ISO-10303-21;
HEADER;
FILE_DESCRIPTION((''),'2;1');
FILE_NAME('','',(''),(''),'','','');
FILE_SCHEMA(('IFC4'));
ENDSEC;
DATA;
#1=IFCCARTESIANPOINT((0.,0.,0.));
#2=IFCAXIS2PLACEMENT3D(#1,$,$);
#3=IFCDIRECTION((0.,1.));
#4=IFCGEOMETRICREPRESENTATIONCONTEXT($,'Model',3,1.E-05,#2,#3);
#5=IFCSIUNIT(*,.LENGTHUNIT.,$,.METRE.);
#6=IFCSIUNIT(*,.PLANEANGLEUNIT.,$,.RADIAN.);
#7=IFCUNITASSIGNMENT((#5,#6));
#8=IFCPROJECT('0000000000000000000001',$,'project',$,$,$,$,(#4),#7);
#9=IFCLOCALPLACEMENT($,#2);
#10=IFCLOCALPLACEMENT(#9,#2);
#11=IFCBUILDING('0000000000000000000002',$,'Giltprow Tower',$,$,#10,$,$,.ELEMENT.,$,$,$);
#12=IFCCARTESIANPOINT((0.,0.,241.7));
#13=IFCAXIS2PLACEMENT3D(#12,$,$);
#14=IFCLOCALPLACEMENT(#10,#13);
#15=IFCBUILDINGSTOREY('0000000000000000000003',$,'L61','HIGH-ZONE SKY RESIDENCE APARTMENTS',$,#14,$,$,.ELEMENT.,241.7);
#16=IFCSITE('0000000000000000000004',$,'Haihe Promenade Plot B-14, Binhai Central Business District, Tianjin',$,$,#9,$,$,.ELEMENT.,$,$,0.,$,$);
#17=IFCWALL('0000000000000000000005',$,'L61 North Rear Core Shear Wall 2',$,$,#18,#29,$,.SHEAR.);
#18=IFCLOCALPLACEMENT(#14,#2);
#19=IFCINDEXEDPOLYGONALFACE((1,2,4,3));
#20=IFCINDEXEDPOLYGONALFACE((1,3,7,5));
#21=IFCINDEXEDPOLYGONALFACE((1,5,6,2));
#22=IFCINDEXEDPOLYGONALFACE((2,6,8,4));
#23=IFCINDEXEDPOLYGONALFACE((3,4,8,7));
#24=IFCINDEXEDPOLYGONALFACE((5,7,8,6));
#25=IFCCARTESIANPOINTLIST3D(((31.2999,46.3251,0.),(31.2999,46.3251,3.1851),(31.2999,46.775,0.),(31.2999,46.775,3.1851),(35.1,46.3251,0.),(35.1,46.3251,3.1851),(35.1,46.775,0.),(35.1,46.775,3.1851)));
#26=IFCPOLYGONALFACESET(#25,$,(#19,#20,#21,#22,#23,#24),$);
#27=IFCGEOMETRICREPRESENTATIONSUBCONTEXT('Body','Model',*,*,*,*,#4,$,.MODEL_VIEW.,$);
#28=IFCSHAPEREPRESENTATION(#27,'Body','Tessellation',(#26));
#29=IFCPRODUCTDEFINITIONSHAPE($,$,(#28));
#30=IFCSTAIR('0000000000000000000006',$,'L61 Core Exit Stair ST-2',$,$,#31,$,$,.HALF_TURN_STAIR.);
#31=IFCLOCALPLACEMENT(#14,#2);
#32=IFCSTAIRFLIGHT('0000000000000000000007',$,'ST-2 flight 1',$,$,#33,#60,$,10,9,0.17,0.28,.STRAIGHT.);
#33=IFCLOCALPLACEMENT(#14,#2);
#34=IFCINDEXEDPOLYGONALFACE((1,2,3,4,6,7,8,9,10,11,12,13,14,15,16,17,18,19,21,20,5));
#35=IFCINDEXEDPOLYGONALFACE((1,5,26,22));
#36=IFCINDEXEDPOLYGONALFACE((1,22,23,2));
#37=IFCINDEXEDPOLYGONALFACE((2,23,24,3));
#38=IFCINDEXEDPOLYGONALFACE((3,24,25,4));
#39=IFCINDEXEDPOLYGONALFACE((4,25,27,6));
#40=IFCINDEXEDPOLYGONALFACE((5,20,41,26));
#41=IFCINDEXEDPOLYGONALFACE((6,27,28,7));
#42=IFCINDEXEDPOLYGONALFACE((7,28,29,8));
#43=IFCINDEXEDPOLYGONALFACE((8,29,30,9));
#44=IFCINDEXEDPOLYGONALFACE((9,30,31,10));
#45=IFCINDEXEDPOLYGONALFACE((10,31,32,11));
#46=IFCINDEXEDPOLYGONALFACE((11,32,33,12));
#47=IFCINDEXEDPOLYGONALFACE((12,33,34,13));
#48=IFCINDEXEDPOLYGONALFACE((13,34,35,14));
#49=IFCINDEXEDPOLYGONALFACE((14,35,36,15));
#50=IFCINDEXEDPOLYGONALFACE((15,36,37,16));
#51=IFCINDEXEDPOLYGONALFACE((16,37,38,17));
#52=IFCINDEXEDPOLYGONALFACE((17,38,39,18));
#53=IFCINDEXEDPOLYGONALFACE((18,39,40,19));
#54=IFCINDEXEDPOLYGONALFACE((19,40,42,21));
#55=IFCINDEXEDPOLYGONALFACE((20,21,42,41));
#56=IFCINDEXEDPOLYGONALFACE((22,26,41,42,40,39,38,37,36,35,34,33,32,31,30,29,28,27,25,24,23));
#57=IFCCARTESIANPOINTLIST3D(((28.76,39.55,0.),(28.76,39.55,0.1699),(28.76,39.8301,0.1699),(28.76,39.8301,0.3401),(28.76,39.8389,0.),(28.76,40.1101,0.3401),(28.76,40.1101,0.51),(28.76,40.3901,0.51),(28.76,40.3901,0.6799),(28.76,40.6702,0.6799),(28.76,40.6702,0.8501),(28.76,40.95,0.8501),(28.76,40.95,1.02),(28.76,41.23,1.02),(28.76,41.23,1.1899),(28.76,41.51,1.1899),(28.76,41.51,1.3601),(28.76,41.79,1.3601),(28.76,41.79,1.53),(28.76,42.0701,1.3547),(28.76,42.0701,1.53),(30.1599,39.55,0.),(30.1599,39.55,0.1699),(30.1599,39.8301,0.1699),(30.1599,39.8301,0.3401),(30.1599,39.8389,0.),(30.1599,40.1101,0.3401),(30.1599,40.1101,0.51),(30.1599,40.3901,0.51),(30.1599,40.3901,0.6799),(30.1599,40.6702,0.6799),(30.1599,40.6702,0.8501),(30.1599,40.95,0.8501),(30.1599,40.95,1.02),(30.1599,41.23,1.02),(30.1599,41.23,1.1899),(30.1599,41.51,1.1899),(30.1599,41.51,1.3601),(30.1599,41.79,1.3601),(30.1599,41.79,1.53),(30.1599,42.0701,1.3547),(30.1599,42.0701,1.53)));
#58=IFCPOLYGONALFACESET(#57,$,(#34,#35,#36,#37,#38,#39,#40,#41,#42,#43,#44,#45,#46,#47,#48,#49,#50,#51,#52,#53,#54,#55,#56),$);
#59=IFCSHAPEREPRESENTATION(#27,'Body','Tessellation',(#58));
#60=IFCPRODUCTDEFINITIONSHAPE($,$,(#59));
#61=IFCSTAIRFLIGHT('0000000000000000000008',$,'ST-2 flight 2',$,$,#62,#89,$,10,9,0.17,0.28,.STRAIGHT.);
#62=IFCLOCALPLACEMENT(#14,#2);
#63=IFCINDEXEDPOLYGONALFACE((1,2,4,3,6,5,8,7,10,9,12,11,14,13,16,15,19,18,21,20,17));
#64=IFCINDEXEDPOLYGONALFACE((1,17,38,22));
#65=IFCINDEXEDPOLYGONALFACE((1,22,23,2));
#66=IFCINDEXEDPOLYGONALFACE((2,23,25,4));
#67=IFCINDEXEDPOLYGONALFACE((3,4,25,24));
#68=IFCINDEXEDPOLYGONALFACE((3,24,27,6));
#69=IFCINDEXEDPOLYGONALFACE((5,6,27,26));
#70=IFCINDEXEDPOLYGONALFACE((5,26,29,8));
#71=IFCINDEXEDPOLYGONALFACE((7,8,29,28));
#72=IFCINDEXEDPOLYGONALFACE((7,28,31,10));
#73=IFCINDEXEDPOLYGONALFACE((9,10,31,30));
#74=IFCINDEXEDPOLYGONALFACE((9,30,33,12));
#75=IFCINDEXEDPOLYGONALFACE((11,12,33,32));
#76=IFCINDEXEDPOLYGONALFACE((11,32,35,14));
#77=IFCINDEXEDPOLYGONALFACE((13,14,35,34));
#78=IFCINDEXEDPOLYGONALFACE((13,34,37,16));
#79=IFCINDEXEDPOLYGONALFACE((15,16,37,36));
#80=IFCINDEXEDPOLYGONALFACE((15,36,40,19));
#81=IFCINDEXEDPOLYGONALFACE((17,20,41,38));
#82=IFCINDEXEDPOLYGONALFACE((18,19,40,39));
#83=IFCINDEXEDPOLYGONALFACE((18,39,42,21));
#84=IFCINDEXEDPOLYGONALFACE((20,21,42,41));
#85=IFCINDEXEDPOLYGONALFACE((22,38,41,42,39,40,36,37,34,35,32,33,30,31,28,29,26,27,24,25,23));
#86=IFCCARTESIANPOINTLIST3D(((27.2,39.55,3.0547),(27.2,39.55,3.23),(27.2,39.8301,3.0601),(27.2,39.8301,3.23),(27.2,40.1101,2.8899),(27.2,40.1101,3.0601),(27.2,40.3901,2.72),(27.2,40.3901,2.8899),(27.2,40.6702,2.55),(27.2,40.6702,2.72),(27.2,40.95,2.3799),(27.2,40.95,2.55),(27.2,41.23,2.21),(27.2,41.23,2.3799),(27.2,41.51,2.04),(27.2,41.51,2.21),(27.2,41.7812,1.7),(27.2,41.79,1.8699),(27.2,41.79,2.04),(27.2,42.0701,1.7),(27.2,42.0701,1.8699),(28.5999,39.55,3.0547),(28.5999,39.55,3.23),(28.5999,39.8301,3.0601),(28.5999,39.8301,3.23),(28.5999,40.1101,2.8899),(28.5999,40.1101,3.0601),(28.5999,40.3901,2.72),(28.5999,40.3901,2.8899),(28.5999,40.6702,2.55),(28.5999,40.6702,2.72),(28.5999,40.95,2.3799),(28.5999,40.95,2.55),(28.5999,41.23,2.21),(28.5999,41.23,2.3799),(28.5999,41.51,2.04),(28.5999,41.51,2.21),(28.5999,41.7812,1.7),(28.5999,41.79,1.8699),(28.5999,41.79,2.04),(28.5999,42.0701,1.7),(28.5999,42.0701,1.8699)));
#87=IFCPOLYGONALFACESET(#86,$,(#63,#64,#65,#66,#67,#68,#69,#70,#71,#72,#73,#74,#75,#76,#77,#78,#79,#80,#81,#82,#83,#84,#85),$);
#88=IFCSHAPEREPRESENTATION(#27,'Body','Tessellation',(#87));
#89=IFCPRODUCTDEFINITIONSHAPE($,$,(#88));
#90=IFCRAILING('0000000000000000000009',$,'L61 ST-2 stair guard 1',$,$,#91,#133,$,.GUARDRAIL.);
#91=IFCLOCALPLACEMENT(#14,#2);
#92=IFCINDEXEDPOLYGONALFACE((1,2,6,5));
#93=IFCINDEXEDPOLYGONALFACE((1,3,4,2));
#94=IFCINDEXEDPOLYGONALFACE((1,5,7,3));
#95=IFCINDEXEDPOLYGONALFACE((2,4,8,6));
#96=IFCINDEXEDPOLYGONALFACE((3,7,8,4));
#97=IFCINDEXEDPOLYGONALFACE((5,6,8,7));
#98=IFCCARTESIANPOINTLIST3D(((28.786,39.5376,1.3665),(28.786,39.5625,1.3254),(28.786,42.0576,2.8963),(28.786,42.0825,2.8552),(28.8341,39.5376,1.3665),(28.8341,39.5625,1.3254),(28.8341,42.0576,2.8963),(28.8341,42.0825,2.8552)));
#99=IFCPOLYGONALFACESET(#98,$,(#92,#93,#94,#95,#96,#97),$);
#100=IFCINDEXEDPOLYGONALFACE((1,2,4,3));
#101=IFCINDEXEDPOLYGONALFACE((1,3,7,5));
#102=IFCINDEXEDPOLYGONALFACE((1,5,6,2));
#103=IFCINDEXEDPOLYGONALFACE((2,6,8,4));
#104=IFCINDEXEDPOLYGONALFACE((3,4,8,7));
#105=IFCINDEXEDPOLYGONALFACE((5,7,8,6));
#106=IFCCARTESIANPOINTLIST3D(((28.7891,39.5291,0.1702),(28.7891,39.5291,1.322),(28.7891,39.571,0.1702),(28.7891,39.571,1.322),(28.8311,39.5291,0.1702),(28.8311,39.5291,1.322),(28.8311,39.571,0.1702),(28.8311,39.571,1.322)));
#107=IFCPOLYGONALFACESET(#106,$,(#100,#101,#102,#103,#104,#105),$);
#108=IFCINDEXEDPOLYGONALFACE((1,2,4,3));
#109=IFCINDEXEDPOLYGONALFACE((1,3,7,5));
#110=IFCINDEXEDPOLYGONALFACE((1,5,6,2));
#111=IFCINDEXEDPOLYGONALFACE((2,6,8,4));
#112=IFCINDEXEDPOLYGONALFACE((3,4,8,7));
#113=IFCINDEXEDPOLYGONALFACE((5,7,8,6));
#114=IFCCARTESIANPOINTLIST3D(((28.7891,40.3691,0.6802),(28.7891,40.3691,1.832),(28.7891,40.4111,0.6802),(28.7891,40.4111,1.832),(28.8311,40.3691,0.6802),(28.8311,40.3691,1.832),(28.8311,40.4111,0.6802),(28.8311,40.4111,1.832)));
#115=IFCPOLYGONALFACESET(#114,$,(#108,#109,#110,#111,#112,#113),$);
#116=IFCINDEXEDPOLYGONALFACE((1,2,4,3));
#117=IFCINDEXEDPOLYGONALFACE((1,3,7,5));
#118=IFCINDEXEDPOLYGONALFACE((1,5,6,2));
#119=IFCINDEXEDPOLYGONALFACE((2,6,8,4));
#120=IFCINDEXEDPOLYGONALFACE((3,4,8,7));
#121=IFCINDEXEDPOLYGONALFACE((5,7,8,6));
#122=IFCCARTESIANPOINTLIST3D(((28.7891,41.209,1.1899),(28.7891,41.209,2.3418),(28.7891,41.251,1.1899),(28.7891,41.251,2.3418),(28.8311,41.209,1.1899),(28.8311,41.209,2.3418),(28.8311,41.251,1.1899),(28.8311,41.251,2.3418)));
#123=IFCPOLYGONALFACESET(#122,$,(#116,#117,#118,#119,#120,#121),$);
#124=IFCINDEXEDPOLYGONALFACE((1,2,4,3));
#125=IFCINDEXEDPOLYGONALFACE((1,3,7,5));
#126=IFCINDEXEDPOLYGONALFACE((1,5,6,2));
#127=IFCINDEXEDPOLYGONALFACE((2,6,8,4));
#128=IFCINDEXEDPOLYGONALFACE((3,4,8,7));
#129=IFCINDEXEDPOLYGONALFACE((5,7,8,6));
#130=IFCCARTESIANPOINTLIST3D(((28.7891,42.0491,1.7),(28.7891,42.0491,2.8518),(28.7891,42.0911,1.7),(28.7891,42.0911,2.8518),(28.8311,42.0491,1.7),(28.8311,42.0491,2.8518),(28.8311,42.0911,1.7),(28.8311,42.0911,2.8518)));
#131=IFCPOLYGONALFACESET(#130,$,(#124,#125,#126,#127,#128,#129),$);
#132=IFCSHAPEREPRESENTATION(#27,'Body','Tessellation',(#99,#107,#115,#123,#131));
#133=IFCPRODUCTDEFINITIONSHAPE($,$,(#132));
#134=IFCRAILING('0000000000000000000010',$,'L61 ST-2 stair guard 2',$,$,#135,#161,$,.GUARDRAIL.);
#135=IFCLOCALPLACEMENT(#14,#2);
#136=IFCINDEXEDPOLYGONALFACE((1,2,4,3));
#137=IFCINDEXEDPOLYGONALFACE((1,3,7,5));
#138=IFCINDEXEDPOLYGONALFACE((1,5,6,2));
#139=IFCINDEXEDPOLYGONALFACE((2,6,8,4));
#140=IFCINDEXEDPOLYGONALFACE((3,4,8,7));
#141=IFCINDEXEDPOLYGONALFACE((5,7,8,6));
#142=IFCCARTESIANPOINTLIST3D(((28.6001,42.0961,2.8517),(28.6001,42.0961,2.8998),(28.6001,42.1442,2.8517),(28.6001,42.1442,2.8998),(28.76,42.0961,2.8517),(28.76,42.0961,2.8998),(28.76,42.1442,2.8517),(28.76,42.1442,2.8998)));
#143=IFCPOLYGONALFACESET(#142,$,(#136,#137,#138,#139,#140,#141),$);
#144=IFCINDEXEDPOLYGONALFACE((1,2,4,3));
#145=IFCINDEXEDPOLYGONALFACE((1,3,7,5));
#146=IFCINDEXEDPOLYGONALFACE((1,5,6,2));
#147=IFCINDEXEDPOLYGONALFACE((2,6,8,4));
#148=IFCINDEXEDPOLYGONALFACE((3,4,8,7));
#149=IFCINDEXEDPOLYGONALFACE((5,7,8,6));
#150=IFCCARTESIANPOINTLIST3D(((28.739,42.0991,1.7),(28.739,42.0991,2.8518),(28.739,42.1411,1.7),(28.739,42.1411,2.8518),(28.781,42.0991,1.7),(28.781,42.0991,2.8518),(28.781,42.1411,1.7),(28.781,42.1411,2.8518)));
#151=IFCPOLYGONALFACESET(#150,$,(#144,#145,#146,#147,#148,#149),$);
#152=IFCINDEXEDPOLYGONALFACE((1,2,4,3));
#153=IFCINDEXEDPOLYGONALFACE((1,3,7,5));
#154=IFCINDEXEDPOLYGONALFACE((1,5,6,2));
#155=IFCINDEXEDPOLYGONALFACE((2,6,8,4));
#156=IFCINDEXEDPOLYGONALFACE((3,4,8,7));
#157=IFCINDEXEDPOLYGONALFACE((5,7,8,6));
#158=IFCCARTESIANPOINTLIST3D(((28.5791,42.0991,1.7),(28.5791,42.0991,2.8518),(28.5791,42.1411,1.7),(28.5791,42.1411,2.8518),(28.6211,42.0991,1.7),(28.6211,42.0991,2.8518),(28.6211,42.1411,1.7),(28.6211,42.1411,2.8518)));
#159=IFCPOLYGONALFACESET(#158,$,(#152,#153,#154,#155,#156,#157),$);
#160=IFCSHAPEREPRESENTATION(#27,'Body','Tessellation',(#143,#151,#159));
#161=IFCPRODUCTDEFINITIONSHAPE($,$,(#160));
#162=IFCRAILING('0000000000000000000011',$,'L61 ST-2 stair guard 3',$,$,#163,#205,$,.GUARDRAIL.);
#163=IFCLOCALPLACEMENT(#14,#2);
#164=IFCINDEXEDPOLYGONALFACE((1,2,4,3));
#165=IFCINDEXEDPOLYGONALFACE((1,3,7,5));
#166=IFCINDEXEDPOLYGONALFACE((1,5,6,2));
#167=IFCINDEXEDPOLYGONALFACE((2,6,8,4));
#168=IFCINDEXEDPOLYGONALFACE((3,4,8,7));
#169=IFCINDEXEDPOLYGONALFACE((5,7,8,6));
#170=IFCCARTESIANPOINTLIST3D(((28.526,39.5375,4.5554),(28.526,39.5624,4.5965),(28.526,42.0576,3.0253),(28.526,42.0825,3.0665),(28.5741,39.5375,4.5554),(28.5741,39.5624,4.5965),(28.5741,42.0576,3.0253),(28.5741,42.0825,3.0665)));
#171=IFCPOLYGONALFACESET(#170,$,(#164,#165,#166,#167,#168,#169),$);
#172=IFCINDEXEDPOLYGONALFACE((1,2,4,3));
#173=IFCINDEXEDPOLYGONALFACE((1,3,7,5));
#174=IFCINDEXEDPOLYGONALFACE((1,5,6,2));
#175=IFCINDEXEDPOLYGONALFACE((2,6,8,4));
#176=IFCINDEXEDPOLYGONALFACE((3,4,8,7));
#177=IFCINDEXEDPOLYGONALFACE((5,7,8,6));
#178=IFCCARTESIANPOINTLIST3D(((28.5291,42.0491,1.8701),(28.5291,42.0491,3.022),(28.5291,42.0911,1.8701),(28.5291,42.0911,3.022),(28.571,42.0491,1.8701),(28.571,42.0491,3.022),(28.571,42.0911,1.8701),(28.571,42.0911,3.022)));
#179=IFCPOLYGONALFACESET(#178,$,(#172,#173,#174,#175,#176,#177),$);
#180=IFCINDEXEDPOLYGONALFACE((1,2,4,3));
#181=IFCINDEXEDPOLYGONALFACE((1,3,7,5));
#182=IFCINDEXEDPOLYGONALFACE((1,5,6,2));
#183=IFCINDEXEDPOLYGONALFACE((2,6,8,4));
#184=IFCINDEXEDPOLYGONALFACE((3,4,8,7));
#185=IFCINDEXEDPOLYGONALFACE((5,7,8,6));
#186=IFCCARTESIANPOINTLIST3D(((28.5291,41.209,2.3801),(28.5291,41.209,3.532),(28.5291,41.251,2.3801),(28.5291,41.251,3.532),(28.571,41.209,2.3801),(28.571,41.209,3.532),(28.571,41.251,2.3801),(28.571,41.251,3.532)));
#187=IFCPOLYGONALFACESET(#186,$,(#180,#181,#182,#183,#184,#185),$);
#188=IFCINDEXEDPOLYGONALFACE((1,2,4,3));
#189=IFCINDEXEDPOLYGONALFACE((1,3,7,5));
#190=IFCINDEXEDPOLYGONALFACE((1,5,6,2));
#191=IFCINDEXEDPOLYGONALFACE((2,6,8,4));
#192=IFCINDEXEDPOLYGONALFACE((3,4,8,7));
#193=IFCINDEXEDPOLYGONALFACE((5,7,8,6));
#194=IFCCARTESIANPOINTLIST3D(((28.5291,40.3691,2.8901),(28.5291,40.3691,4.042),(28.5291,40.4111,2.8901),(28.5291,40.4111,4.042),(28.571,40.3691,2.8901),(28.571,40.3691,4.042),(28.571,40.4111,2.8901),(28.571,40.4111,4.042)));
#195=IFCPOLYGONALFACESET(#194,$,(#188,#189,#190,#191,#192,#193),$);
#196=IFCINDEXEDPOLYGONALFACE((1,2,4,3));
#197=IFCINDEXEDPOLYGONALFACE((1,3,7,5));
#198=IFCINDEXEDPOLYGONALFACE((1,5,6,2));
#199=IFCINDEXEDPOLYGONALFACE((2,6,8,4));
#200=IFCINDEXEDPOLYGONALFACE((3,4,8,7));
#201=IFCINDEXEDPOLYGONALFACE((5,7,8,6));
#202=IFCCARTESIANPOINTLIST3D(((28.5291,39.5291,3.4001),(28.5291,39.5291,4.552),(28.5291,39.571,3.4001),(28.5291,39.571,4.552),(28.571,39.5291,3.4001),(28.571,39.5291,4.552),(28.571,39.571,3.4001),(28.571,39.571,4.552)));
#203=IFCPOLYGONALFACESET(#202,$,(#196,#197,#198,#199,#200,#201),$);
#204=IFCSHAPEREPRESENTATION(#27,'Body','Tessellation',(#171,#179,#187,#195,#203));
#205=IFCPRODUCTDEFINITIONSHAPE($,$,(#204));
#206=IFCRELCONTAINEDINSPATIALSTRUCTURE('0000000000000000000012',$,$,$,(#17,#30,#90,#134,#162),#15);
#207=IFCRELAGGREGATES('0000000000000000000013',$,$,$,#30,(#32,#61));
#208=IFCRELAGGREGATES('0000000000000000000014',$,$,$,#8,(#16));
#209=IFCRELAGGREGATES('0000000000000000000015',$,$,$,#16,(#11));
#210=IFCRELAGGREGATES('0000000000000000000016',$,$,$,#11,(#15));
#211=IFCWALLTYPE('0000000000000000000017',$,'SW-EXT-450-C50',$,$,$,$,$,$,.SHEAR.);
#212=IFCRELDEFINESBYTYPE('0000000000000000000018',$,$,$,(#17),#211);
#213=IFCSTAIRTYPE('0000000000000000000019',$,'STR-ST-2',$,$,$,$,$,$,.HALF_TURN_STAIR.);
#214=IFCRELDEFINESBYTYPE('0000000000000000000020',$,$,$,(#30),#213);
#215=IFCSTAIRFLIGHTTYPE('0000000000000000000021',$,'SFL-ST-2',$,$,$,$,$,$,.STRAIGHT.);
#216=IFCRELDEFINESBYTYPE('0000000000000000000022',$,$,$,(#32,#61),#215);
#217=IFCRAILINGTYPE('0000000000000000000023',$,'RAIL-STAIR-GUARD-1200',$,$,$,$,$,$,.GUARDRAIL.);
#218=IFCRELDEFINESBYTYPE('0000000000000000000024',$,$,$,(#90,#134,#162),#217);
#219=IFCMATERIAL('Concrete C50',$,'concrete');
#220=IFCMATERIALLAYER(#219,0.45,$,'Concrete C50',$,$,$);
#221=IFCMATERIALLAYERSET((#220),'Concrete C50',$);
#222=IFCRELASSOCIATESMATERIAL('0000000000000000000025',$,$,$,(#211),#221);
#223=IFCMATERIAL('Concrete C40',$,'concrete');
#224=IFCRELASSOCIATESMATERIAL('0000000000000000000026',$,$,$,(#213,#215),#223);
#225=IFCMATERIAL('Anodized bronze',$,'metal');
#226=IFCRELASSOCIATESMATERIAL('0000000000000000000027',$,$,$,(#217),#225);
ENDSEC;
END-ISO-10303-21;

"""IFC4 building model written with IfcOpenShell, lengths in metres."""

from ifc_helpers import new_model, si_unit, direction, frame, frame_2d, origin, origin_2d, place, context, subcontext, project, spatial, polyline, rectangle, outline, extrude, material, layer, layer_set, type_object, element, aggregate, save


model = new_model("IFC4")

# Units and contexts
model_context = context("Model", 3, precision=1e-05, world=origin(), true_north=direction((0.0, 1.0)))
body_context = subcontext(model_context, "Body", "Model", "MODEL_VIEW")
ifc_project = project(units=[si_unit("LENGTHUNIT", "METRE"), si_unit("PLANEANGLEUNIT", "RADIAN")], contexts=[model_context])

# Site, building, storey
site_placement = place(None, origin())
site = spatial("IfcSite", under=ifc_project, at=site_placement, Name="Haihe Promenade Plot B-14, Binhai Central Business District, Tianjin", CompositionType="ELEMENT", RefElevation=0.0)
building_placement = place(site_placement, origin())
building = spatial("IfcBuilding", under=site, at=building_placement, Name="Giltprow Tower", CompositionType="ELEMENT")
storey_placement = place(building_placement, frame((0.0, 0.0, 241.7)))
storey = spatial("IfcBuildingStorey", under=building, at=storey_placement, Name="L61", Description="HIGH-ZONE SKY RESIDENCE APARTMENTS", CompositionType="ELEMENT", Elevation=241.7)

# Shared definitions
ifc_material_1 = material(Name="Concrete C50", Category="concrete")

# Shared definitions
ifc_material_2 = material(Name="Concrete C40", Category="concrete")

# Wall
ifc_layer_1 = layer(ifc_material_1, 0.45, Name="Concrete C50")
ifc_layer_set_1 = layer_set([ifc_layer_1], Name="Concrete C50")
wall_type_1 = type_object("IfcWallType", Name="SW-EXT-450-C50", PredefinedType="SHEAR", material=ifc_layer_set_1)
wall_1_placement = place(storey_placement, frame((31.3, 46.55, 0.0), z_axis=(0.0, 0.0, 1.0), x_axis=(1.0, 0.0, 0.0)))
element("IfcWall", 1, at=wall_1_placement, inside=storey, type_object=wall_type_1, Name="L61 North Rear Core Shear Wall 2", PredefinedType="SHEAR", context=body_context, shape_type="SweptSolid", body=[
    extrude(rectangle(XDim=3.8, YDim=0.45, at=frame_2d((1.8999, 0.0))), origin(), (0.0, 0.0, 1.0), 3.1851),
])

# Stair, stair flights
stair_type = type_object("IfcStairType", Name="STR-ST-2", PredefinedType="HALF_TURN_STAIR", material=ifc_material_2)
stair_placement = place(storey_placement, origin())
stair = element("IfcStair", 2, at=stair_placement, inside=storey, type_object=stair_type, Name="L61 Core Exit Stair ST-2", PredefinedType="HALF_TURN_STAIR")
stair_flight_type = type_object("IfcStairFlightType", Name="SFL-ST-2", PredefinedType="STRAIGHT", material=ifc_material_2)
stair_flight_1_placement = place(storey_placement, frame((29.46, 39.55, 0.0), z_axis=(0.0, 0.0, 1.0), x_axis=(0.0, 1.0, 0.0)))
stair_flight_1 = element("IfcStairFlight", 3, at=stair_flight_1_placement, type_object=stair_flight_type, Name="ST-2 flight 1", NumberOfRisers=10, NumberOfTreads=9, PredefinedType="STRAIGHT", RiserHeight=0.17, TreadLength=0.28, context=body_context, shape_type="SweptSolid", body=[
    extrude(outline(polyline([(0.0, 0.0), (0.0, 0.1699), (0.28, 0.1699), (0.28, 0.3401), (0.5601, 0.3401), (0.5601, 0.51), (0.8401, 0.51), (0.8401, 0.6799), (1.1201, 0.6799), (1.1201, 0.8501), (1.3999, 0.8501), (1.3999, 1.02), (1.6799, 1.02), (1.6799, 1.1899), (1.96, 1.1899), (1.96, 1.3601), (2.24, 1.3601), (2.24, 1.53), (2.52, 1.53), (2.52, 1.7), (2.52, 1.3547), (0.2888, 0.0), (0.0, 0.0)])), frame((0.0, 0.7, 0.0), z_axis=(0.0, -1.0, 0.0), x_axis=(1.0, 0.0, 0.0)), (0.0, 0.0, 1.0), 1.3999),
])
stair_flight_2_placement = place(storey_placement, frame((27.8999, 42.0701, 1.7), z_axis=(0.0, 0.0, 1.0), x_axis=(0.0, -1.0, 0.0)))
stair_flight_2 = element("IfcStairFlight", 4, at=stair_flight_2_placement, type_object=stair_flight_type, Name="ST-2 flight 2", NumberOfRisers=10, NumberOfTreads=9, PredefinedType="STRAIGHT", RiserHeight=0.17, TreadLength=0.28, context=body_context, shape_type="SweptSolid", body=[
    extrude(outline(polyline([(0.0, 0.0), (0.0, 0.1699), (0.28, 0.1699), (0.28, 0.3401), (0.5601, 0.3401), (0.5601, 0.51), (0.8401, 0.51), (0.8401, 0.6799), (1.1201, 0.6799), (1.1201, 0.8501), (1.3999, 0.8501), (1.3999, 1.02), (1.6799, 1.02), (1.6799, 1.1899), (1.96, 1.1899), (1.96, 1.3601), (2.24, 1.3601), (2.24, 1.53), (2.52, 1.53), (2.52, 1.7), (2.52, 1.3547), (0.2888, 0.0), (0.0, 0.0)])), frame((0.0, 0.7, 0.0), z_axis=(0.0, -1.0, 0.0), x_axis=(1.0, 0.0, 0.0)), (0.0, 0.0, 1.0), 1.3999),
])
aggregate(stair, [stair_flight_1, stair_flight_2])

# Railings
ifc_material_3 = material(Name="Anodized bronze", Category="metal")
railing_type_1 = type_object("IfcRailingType", Name="RAIL-STAIR-GUARD-1200", PredefinedType="GUARDRAIL", material=ifc_material_3)
railing_1_placement = place(storey_placement, frame((28.8101, 39.55, 0.1702)))
element("IfcRailing", 5, at=railing_1_placement, inside=storey, type_object=railing_type_1, Name="L61 ST-2 stair guard 1", PredefinedType="GUARDRAIL", context=body_context, shape_type="SweptSolid", body=[
    extrude(rectangle(XDim=0.0481, YDim=0.0481, at=origin_2d()), frame((0.0, 0.0, 1.1758), z_axis=(0.0, 0.854822, 0.518922), x_axis=(-1.0, 0.0, 0.0)), (0.0, 0.0, 1.0), 2.948),
    extrude(rectangle(XDim=0.042, YDim=0.042, at=origin_2d()), origin(), (0.0, 0.0, 1.0), 1.1519),
    extrude(rectangle(XDim=0.042, YDim=0.042, at=origin_2d()), frame((0.0, 0.8401, 0.51)), (0.0, 0.0, 1.0), 1.1519),
    extrude(rectangle(XDim=0.042, YDim=0.042, at=origin_2d()), frame((0.0, 1.6799, 1.0198)), (0.0, 0.0, 1.0), 1.1519),
    extrude(rectangle(XDim=0.042, YDim=0.042, at=origin_2d()), frame((0.0, 2.52, 1.5298)), (0.0, 0.0, 1.0), 1.1519),
])
railing_2_placement = place(storey_placement, frame((28.76, 42.1201, 1.7)))
element("IfcRailing", 6, at=railing_2_placement, inside=storey, type_object=railing_type_1, Name="L61 ST-2 stair guard 2", PredefinedType="GUARDRAIL", context=body_context, shape_type="SweptSolid", body=[
    extrude(rectangle(XDim=0.0481, YDim=0.0481, at=origin_2d()), frame((0.0, 0.0, 1.1758), z_axis=(-1.0, 0.0, 0.0), x_axis=(0.0, -1.0, 0.0)), (0.0, 0.0, 1.0), 0.1599),
    extrude(rectangle(XDim=0.042, YDim=0.042, at=origin_2d()), origin(), (0.0, 0.0, 1.0), 1.1519),
    extrude(rectangle(XDim=0.042, YDim=0.042, at=origin_2d()), frame((-0.1599, 0.0, 0.0)), (0.0, 0.0, 1.0), 1.1519),
])
railing_3_placement = place(storey_placement, frame((28.55, 42.0701, 1.8701)))
element("IfcRailing", 7, at=railing_3_placement, inside=storey, type_object=railing_type_1, Name="L61 ST-2 stair guard 3", PredefinedType="GUARDRAIL", context=body_context, shape_type="SweptSolid", body=[
    extrude(rectangle(XDim=0.0481, YDim=0.0481, at=origin_2d()), frame((0.0, 0.0, 1.1758), z_axis=(0.0, -0.854785, 0.518982), x_axis=(1.0, 0.0, 0.0)), (0.0, 0.0, 1.0), 2.9482),
    extrude(rectangle(XDim=0.042, YDim=0.042, at=origin_2d()), origin(), (0.0, 0.0, 1.0), 1.1519),
    extrude(rectangle(XDim=0.042, YDim=0.042, at=origin_2d()), frame((0.0, -0.8401, 0.51)), (0.0, 0.0, 1.0), 1.1519),
    extrude(rectangle(XDim=0.042, YDim=0.042, at=origin_2d()), frame((0.0, -1.6799, 1.02)), (0.0, 0.0, 1.0), 1.1519),
    extrude(rectangle(XDim=0.042, YDim=0.042, at=origin_2d()), frame((0.0, -2.52, 1.53)), (0.0, 0.0, 1.0), 1.1519),
])

save(model, "model.ifc")
